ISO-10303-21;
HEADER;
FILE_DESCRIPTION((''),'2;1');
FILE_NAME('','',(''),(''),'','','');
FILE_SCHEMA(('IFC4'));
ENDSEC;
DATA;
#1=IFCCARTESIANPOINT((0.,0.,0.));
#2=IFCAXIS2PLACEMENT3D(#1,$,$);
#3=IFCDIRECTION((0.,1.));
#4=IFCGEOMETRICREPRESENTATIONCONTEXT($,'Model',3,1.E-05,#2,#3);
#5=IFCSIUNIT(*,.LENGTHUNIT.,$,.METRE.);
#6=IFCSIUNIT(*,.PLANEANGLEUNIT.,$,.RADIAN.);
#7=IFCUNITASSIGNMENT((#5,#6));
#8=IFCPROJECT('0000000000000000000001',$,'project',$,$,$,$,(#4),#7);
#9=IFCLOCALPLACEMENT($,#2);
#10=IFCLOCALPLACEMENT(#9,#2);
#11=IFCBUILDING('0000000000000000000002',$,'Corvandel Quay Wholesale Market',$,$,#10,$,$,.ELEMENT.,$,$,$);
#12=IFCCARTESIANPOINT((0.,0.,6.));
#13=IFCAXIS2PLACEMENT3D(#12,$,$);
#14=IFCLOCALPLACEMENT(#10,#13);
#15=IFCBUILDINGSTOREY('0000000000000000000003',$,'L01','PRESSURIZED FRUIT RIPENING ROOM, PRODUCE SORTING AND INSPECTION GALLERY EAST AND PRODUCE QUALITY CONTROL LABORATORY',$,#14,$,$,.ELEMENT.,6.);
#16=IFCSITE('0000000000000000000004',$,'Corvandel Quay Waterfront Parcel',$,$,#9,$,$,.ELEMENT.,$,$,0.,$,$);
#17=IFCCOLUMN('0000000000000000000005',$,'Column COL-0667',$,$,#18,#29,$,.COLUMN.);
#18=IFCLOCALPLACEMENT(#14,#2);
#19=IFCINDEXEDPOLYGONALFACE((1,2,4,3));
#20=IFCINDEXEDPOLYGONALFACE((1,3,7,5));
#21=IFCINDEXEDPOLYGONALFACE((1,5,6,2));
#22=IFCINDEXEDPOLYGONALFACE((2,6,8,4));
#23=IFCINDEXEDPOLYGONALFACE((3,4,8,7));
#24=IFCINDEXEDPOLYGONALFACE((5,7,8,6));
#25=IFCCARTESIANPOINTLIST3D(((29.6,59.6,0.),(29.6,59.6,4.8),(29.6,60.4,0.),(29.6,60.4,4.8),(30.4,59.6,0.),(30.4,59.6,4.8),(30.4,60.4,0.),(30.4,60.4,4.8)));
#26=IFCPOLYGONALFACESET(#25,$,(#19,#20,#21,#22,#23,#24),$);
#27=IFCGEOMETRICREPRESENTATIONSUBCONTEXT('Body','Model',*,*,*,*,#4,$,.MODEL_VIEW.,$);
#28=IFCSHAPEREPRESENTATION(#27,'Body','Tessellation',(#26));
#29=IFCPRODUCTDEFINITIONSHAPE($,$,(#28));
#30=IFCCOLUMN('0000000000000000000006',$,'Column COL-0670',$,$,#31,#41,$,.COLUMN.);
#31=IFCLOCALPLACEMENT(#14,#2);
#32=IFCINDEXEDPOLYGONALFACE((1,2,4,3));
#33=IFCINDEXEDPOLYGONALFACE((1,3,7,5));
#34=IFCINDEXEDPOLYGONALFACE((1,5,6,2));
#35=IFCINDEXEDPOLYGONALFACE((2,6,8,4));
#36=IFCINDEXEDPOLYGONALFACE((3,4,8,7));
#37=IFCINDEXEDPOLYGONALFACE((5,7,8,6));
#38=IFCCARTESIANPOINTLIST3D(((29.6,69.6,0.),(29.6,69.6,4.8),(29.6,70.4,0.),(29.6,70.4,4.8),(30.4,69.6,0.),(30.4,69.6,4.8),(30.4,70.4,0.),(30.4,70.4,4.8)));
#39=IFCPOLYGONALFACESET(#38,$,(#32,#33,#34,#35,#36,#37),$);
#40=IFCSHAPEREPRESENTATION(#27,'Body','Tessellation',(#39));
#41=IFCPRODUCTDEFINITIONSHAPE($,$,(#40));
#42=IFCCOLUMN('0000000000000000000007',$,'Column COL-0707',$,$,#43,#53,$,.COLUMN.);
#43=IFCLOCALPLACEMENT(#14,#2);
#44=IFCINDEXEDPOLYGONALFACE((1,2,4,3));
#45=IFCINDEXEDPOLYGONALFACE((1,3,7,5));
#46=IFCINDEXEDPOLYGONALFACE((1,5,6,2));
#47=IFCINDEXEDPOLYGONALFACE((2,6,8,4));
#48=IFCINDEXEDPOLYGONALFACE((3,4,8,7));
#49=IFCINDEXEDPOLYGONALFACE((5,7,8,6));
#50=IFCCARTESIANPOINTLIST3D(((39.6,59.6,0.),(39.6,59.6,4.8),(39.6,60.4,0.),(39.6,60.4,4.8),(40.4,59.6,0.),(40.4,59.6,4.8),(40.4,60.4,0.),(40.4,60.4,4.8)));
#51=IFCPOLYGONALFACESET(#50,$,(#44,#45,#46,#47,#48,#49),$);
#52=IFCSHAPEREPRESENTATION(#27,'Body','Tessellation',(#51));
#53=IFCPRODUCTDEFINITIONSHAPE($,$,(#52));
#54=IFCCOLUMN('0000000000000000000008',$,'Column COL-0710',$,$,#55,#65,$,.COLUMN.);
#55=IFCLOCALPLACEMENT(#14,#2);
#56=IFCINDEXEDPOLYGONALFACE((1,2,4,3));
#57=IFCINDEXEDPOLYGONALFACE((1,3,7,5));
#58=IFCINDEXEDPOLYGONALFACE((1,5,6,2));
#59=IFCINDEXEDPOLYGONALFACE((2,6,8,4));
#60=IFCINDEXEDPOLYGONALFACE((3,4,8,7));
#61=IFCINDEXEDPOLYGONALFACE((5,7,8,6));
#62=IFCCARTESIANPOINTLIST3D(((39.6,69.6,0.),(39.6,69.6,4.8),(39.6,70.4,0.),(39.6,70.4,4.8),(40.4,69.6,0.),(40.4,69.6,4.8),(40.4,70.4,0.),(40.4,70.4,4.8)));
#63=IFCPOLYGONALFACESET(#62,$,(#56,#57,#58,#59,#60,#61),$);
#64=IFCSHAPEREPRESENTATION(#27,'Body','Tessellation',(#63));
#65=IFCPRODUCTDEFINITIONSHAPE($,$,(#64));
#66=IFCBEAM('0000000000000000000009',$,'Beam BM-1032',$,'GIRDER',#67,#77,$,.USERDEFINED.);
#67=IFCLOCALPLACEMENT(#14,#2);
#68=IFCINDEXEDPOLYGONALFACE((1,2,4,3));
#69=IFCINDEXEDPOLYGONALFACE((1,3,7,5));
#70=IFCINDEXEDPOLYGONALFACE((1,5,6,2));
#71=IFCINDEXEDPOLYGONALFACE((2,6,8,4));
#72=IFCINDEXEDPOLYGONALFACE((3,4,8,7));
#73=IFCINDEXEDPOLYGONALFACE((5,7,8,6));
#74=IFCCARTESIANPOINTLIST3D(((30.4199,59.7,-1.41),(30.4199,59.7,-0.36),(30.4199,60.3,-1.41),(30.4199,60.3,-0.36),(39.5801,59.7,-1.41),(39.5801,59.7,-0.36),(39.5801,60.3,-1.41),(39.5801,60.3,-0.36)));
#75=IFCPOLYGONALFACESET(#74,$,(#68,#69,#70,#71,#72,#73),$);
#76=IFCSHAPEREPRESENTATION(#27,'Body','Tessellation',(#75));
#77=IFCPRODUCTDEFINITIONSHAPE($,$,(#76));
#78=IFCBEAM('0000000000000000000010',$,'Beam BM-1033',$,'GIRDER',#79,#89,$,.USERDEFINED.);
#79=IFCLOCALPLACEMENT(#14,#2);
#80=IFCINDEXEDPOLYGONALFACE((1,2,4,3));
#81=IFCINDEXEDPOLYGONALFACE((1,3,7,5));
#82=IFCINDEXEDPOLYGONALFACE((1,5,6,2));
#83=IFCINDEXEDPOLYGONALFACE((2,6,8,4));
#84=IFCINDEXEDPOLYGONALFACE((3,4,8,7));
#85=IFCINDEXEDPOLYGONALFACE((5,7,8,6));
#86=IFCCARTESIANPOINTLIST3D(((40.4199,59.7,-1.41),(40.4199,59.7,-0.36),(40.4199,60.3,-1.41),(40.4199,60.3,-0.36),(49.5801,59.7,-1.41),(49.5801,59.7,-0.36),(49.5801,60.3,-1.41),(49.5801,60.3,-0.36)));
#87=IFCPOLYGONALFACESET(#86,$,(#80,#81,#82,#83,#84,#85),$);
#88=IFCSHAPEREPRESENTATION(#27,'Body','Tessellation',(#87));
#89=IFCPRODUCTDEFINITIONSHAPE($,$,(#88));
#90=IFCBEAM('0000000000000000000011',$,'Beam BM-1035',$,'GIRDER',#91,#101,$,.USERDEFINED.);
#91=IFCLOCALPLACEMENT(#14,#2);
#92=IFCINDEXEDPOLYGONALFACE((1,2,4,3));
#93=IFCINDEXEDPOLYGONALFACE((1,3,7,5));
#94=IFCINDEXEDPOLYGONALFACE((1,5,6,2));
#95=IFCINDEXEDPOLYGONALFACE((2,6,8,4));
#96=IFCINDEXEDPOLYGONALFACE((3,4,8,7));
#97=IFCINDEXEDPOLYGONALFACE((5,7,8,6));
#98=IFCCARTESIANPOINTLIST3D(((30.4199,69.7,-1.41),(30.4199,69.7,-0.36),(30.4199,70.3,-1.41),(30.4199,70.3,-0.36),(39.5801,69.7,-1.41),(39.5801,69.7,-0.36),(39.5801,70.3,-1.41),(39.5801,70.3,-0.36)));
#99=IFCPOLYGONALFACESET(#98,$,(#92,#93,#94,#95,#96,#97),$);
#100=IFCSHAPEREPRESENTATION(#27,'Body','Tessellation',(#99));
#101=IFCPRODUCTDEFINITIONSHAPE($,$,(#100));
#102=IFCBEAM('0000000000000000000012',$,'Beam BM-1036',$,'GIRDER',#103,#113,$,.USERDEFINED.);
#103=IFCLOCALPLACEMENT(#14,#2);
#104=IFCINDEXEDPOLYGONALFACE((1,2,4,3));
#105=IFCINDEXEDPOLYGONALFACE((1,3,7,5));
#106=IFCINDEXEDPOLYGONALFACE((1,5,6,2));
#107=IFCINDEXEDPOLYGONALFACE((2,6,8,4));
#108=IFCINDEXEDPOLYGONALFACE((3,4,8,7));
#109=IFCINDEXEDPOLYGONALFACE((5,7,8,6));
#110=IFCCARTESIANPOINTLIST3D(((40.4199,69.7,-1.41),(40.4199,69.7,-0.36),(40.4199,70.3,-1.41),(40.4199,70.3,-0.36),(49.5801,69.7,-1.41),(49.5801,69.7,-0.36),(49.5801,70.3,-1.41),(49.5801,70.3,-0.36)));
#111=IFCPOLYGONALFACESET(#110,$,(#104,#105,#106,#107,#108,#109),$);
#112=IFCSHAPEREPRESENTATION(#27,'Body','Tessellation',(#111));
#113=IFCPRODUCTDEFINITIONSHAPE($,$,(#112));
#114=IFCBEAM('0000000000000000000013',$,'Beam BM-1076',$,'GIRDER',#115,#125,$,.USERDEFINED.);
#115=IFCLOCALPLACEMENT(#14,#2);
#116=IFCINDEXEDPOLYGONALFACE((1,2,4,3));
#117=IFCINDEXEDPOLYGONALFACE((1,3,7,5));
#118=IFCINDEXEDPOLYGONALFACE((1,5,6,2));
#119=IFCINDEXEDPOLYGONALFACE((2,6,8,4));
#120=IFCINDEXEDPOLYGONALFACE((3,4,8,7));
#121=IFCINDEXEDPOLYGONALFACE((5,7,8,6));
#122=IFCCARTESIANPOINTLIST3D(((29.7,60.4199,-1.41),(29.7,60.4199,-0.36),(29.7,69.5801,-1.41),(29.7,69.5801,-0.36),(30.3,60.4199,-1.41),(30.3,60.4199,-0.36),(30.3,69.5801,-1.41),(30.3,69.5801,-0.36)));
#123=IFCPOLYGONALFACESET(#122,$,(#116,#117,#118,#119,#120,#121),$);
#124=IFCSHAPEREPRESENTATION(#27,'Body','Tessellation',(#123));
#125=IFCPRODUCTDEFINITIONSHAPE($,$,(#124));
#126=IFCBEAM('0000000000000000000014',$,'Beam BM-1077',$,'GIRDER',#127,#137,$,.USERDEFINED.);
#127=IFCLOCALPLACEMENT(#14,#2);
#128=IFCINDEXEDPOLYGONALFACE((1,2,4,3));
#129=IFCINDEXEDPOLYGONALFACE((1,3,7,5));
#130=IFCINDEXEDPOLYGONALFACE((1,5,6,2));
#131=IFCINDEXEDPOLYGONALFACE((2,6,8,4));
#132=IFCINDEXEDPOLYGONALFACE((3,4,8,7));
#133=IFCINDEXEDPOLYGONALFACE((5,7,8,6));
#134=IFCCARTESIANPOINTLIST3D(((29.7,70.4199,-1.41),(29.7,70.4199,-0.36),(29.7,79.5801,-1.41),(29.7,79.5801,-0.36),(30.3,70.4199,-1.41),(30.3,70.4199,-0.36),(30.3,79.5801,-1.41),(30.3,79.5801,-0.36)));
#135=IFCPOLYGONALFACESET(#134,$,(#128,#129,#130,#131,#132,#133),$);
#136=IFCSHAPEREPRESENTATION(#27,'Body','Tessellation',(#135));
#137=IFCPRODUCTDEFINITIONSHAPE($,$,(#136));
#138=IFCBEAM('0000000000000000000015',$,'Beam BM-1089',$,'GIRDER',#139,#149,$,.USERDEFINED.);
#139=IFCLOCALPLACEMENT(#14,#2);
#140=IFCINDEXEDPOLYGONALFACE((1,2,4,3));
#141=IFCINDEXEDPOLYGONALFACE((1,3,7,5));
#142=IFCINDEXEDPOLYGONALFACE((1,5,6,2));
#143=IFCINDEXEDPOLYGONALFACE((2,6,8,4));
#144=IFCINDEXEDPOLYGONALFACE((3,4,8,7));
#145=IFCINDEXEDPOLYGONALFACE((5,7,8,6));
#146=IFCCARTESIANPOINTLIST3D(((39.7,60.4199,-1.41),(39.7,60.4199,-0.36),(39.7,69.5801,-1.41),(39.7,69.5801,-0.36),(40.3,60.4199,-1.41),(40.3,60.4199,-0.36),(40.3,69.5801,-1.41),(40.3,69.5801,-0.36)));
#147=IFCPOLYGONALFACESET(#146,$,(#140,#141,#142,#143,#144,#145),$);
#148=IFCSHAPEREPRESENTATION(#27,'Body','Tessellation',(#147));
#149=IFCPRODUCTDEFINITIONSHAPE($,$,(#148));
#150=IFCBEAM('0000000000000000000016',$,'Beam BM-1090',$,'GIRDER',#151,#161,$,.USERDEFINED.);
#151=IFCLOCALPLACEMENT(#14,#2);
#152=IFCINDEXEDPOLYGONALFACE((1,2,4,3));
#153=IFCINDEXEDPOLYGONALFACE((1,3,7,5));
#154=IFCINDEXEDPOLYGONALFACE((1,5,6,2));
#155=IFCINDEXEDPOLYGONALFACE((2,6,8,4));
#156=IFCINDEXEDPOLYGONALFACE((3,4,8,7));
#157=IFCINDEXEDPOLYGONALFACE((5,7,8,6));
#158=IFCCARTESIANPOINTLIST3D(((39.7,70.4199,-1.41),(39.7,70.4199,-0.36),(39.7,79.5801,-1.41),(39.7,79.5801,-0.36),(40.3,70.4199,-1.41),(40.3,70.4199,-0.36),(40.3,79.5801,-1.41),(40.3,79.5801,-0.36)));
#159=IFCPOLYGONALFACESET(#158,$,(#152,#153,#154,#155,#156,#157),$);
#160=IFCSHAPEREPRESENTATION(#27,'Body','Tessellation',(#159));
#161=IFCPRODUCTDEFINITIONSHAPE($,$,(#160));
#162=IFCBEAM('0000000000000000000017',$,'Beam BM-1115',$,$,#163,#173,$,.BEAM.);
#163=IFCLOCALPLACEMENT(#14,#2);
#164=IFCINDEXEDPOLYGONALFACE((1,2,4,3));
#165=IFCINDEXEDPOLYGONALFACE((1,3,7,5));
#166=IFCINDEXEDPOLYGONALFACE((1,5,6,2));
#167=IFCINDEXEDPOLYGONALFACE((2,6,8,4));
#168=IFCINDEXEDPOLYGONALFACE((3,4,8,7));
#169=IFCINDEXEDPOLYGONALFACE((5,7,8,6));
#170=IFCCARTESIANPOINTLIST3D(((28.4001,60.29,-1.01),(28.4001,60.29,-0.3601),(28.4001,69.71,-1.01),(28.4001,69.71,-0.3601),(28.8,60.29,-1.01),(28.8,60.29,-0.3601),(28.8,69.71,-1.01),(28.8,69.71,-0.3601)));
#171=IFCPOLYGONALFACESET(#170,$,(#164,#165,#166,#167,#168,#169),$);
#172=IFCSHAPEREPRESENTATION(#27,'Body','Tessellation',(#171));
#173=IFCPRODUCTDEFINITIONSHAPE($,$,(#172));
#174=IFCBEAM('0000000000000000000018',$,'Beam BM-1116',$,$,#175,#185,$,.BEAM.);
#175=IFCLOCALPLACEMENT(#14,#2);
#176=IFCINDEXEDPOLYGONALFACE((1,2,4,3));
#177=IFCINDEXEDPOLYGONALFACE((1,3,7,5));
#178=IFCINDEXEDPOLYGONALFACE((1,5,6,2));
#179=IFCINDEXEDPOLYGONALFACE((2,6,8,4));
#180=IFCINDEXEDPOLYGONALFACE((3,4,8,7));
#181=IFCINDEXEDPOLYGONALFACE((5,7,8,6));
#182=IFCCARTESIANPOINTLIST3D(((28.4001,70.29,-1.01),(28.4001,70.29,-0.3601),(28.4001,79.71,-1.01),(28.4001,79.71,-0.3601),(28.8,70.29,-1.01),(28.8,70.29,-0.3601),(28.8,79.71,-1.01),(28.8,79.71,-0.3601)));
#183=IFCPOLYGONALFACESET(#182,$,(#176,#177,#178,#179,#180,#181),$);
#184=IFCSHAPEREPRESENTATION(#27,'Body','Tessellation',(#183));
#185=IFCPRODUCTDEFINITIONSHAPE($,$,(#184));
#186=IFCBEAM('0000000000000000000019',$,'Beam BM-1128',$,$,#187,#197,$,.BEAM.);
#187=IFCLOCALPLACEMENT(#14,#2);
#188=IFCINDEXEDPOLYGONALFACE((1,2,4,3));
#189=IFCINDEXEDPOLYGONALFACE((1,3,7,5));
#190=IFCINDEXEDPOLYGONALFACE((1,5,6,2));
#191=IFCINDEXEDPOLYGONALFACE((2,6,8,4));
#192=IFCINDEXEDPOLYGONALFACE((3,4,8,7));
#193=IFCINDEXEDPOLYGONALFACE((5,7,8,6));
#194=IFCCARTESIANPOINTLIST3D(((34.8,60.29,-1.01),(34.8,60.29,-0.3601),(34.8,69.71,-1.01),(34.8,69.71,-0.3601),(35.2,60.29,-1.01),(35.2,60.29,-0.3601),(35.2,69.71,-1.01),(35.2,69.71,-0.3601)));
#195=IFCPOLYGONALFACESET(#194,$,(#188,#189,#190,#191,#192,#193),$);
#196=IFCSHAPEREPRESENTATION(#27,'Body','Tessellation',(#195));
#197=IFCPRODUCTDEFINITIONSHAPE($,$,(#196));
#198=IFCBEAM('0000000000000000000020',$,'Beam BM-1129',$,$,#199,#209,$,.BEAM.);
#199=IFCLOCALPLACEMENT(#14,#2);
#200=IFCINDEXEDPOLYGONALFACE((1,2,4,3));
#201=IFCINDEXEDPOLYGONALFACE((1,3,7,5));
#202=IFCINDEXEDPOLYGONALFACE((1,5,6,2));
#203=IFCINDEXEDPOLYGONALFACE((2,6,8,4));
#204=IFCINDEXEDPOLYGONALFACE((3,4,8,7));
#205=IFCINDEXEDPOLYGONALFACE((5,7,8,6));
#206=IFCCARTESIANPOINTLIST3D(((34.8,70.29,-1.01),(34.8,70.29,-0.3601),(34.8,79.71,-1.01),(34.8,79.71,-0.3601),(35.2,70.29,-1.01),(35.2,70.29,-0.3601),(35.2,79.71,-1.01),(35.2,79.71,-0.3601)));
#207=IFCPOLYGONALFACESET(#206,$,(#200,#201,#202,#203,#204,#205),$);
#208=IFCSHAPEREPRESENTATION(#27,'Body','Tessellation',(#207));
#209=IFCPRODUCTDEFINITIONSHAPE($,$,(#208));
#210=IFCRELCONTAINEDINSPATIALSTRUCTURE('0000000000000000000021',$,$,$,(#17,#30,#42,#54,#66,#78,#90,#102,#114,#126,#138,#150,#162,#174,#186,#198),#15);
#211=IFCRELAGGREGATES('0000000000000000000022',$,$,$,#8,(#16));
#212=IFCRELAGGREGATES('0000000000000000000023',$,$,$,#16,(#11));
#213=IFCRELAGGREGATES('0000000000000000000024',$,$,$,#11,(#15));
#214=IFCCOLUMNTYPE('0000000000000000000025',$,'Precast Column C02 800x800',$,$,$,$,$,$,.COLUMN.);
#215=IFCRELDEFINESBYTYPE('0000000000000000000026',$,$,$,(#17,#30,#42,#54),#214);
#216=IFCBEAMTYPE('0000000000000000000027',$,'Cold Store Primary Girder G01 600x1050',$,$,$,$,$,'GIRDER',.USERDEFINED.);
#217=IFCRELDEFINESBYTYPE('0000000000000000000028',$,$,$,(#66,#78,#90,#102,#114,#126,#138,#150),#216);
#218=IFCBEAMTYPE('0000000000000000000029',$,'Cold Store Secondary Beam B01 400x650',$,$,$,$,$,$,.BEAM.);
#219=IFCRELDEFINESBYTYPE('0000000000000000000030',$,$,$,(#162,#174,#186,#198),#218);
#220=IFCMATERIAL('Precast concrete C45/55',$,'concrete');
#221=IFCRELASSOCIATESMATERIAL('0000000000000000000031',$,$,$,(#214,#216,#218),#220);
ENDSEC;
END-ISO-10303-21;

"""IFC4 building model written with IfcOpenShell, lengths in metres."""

from ifc_helpers import new_model, si_unit, direction, frame, origin, origin_2d, place, context, subcontext, project, spatial, rectangle, extrude, material, material_profile, profile_set, type_object, element, save


model = new_model("IFC4")

# Units and contexts
model_context = context("Model", 3, precision=1e-05, world=origin(), true_north=direction((0.0, 1.0)))
body_context = subcontext(model_context, "Body", "Model", "MODEL_VIEW")
ifc_project = project(units=[si_unit("LENGTHUNIT", "METRE"), si_unit("PLANEANGLEUNIT", "RADIAN")], contexts=[model_context])

# Site, building, storey
site_placement = place(None, origin())
site = spatial("IfcSite", under=ifc_project, at=site_placement, Name="Corvandel Quay Waterfront Parcel", CompositionType="ELEMENT", RefElevation=0.0)
building_placement = place(site_placement, origin())
building = spatial("IfcBuilding", under=site, at=building_placement, Name="Corvandel Quay Wholesale Market", CompositionType="ELEMENT")
storey_placement = place(building_placement, frame((0.0, 0.0, 6.0)))
storey = spatial("IfcBuildingStorey", under=building, at=storey_placement, Name="L01", Description="PRESSURIZED FRUIT RIPENING ROOM, PRODUCE SORTING AND INSPECTION GALLERY EAST AND PRODUCE QUALITY CONTROL LABORATORY", CompositionType="ELEMENT", Elevation=6.0)

# Columns
ifc_material_1 = material(Name="Precast concrete C45/55", Category="concrete")
ifc_material_profile_1 = material_profile(ifc_material_1, rectangle(XDim=0.8, YDim=0.8, at=origin_2d()), Name="PC-COL-800x800")
ifc_profile_set_1 = profile_set([ifc_material_profile_1], Name="Precast concrete C45/55")
column_type = type_object("IfcColumnType", Name="Precast Column C02 800x800", PredefinedType="COLUMN", material=ifc_profile_set_1)
for number, where, z_axis, x_axis, name in (
    (1, (30.0, 60.0, 0.0), (0.0, 0.0, 1.0), (1.0, 0.0, 0.0), "Column COL-0667"),
    (2, (30.0, 70.0, 0.0), (0.0, 0.0, 1.0), (1.0, 0.0, 0.0), "Column COL-0670"),
    (3, (40.0, 60.0, 0.0), (0.0, 0.0, 1.0), (1.0, 0.0, 0.0), "Column COL-0707"),
    (4, (40.0, 70.0, 0.0), (0.0, 0.0, 1.0), (1.0, 0.0, 0.0), "Column COL-0710"),
):
    element("IfcColumn", number, at=place(storey_placement, frame(where, z_axis=z_axis, x_axis=x_axis)), inside=storey, type_object=column_type, Name=name, PredefinedType="COLUMN", context=body_context, shape_type="SweptSolid", body=[
        extrude(rectangle(XDim=0.8, YDim=0.8, at=origin_2d()), origin(), (0.0, 0.0, 1.0), 4.8),
    ])

# Beams
ifc_material_profile_2 = material_profile(ifc_material_1, rectangle(XDim=0.6001, YDim=1.05, at=origin_2d()), Name="PC-GIR-600x1050")
ifc_profile_set_2 = profile_set([ifc_material_profile_2], Name="Precast concrete C45/55")
beam_type_1 = type_object("IfcBeamType", Name="Cold Store Primary Girder G01 600x1050", ElementType="GIRDER", PredefinedType="USERDEFINED", material=ifc_profile_set_2)
for number, where, z_axis, x_axis, name in (
    (5, (30.4199, 60.0, -0.885), (1.0, 0.0, 0.0), (0.0, 1.0, 0.0), "Beam BM-1032"),
    (6, (40.4199, 60.0, -0.885), (1.0, 0.0, 0.0), (0.0, 1.0, 0.0), "Beam BM-1033"),
    (7, (30.4199, 70.0, -0.885), (1.0, 0.0, 0.0), (0.0, 1.0, 0.0), "Beam BM-1035"),
    (8, (40.4199, 70.0, -0.885), (1.0, 0.0, 0.0), (0.0, 1.0, 0.0), "Beam BM-1036"),
    (9, (30.0, 60.4199, -0.885), (0.0, 1.0, 0.0), (-1.0, 0.0, 0.0), "Beam BM-1076"),
    (10, (30.0, 70.4199, -0.885), (0.0, 1.0, 0.0), (-1.0, 0.0, 0.0), "Beam BM-1077"),
    (11, (40.0, 60.4199, -0.885), (0.0, 1.0, 0.0), (-1.0, 0.0, 0.0), "Beam BM-1089"),
    (12, (40.0, 70.4199, -0.885), (0.0, 1.0, 0.0), (-1.0, 0.0, 0.0), "Beam BM-1090"),
):
    element("IfcBeam", number, at=place(storey_placement, frame(where, z_axis=z_axis, x_axis=x_axis)), inside=storey, type_object=beam_type_1, Name=name, ObjectType="GIRDER", PredefinedType="USERDEFINED", context=body_context, shape_type="SweptSolid", body=[
        extrude(rectangle(XDim=0.6001, YDim=1.05, at=origin_2d()), origin(), (0.0, 0.0, 1.0), 9.1602),
    ])
ifc_material_profile_3 = material_profile(ifc_material_1, rectangle(XDim=0.3999, YDim=0.6499, at=origin_2d()), Name="PC-BM-400x650")
ifc_profile_set_3 = profile_set([ifc_material_profile_3], Name="Precast concrete C45/55")
beam_type_2 = type_object("IfcBeamType", Name="Cold Store Secondary Beam B01 400x650", PredefinedType="BEAM", material=ifc_profile_set_3)
for number, where, z_axis, x_axis, name in (
    (13, (28.6001, 60.29, -0.6851), (0.0, 1.0, 0.0), (-1.0, 0.0, 0.0), "Beam BM-1115"),
    (14, (28.6001, 70.29, -0.6851), (0.0, 1.0, 0.0), (-1.0, 0.0, 0.0), "Beam BM-1116"),
    (15, (35.0, 60.29, -0.6851), (0.0, 1.0, 0.0), (-1.0, 0.0, 0.0), "Beam BM-1128"),
    (16, (35.0, 70.29, -0.6851), (0.0, 1.0, 0.0), (-1.0, 0.0, 0.0), "Beam BM-1129"),
):
    element("IfcBeam", number, at=place(storey_placement, frame(where, z_axis=z_axis, x_axis=x_axis)), inside=storey, type_object=beam_type_2, Name=name, PredefinedType="BEAM", context=body_context, shape_type="SweptSolid", body=[
        extrude(rectangle(XDim=0.3999, YDim=0.6499, at=origin_2d()), origin(), (0.0, 0.0, 1.0), 9.4199),
    ])

save(model, "model.ifc")
